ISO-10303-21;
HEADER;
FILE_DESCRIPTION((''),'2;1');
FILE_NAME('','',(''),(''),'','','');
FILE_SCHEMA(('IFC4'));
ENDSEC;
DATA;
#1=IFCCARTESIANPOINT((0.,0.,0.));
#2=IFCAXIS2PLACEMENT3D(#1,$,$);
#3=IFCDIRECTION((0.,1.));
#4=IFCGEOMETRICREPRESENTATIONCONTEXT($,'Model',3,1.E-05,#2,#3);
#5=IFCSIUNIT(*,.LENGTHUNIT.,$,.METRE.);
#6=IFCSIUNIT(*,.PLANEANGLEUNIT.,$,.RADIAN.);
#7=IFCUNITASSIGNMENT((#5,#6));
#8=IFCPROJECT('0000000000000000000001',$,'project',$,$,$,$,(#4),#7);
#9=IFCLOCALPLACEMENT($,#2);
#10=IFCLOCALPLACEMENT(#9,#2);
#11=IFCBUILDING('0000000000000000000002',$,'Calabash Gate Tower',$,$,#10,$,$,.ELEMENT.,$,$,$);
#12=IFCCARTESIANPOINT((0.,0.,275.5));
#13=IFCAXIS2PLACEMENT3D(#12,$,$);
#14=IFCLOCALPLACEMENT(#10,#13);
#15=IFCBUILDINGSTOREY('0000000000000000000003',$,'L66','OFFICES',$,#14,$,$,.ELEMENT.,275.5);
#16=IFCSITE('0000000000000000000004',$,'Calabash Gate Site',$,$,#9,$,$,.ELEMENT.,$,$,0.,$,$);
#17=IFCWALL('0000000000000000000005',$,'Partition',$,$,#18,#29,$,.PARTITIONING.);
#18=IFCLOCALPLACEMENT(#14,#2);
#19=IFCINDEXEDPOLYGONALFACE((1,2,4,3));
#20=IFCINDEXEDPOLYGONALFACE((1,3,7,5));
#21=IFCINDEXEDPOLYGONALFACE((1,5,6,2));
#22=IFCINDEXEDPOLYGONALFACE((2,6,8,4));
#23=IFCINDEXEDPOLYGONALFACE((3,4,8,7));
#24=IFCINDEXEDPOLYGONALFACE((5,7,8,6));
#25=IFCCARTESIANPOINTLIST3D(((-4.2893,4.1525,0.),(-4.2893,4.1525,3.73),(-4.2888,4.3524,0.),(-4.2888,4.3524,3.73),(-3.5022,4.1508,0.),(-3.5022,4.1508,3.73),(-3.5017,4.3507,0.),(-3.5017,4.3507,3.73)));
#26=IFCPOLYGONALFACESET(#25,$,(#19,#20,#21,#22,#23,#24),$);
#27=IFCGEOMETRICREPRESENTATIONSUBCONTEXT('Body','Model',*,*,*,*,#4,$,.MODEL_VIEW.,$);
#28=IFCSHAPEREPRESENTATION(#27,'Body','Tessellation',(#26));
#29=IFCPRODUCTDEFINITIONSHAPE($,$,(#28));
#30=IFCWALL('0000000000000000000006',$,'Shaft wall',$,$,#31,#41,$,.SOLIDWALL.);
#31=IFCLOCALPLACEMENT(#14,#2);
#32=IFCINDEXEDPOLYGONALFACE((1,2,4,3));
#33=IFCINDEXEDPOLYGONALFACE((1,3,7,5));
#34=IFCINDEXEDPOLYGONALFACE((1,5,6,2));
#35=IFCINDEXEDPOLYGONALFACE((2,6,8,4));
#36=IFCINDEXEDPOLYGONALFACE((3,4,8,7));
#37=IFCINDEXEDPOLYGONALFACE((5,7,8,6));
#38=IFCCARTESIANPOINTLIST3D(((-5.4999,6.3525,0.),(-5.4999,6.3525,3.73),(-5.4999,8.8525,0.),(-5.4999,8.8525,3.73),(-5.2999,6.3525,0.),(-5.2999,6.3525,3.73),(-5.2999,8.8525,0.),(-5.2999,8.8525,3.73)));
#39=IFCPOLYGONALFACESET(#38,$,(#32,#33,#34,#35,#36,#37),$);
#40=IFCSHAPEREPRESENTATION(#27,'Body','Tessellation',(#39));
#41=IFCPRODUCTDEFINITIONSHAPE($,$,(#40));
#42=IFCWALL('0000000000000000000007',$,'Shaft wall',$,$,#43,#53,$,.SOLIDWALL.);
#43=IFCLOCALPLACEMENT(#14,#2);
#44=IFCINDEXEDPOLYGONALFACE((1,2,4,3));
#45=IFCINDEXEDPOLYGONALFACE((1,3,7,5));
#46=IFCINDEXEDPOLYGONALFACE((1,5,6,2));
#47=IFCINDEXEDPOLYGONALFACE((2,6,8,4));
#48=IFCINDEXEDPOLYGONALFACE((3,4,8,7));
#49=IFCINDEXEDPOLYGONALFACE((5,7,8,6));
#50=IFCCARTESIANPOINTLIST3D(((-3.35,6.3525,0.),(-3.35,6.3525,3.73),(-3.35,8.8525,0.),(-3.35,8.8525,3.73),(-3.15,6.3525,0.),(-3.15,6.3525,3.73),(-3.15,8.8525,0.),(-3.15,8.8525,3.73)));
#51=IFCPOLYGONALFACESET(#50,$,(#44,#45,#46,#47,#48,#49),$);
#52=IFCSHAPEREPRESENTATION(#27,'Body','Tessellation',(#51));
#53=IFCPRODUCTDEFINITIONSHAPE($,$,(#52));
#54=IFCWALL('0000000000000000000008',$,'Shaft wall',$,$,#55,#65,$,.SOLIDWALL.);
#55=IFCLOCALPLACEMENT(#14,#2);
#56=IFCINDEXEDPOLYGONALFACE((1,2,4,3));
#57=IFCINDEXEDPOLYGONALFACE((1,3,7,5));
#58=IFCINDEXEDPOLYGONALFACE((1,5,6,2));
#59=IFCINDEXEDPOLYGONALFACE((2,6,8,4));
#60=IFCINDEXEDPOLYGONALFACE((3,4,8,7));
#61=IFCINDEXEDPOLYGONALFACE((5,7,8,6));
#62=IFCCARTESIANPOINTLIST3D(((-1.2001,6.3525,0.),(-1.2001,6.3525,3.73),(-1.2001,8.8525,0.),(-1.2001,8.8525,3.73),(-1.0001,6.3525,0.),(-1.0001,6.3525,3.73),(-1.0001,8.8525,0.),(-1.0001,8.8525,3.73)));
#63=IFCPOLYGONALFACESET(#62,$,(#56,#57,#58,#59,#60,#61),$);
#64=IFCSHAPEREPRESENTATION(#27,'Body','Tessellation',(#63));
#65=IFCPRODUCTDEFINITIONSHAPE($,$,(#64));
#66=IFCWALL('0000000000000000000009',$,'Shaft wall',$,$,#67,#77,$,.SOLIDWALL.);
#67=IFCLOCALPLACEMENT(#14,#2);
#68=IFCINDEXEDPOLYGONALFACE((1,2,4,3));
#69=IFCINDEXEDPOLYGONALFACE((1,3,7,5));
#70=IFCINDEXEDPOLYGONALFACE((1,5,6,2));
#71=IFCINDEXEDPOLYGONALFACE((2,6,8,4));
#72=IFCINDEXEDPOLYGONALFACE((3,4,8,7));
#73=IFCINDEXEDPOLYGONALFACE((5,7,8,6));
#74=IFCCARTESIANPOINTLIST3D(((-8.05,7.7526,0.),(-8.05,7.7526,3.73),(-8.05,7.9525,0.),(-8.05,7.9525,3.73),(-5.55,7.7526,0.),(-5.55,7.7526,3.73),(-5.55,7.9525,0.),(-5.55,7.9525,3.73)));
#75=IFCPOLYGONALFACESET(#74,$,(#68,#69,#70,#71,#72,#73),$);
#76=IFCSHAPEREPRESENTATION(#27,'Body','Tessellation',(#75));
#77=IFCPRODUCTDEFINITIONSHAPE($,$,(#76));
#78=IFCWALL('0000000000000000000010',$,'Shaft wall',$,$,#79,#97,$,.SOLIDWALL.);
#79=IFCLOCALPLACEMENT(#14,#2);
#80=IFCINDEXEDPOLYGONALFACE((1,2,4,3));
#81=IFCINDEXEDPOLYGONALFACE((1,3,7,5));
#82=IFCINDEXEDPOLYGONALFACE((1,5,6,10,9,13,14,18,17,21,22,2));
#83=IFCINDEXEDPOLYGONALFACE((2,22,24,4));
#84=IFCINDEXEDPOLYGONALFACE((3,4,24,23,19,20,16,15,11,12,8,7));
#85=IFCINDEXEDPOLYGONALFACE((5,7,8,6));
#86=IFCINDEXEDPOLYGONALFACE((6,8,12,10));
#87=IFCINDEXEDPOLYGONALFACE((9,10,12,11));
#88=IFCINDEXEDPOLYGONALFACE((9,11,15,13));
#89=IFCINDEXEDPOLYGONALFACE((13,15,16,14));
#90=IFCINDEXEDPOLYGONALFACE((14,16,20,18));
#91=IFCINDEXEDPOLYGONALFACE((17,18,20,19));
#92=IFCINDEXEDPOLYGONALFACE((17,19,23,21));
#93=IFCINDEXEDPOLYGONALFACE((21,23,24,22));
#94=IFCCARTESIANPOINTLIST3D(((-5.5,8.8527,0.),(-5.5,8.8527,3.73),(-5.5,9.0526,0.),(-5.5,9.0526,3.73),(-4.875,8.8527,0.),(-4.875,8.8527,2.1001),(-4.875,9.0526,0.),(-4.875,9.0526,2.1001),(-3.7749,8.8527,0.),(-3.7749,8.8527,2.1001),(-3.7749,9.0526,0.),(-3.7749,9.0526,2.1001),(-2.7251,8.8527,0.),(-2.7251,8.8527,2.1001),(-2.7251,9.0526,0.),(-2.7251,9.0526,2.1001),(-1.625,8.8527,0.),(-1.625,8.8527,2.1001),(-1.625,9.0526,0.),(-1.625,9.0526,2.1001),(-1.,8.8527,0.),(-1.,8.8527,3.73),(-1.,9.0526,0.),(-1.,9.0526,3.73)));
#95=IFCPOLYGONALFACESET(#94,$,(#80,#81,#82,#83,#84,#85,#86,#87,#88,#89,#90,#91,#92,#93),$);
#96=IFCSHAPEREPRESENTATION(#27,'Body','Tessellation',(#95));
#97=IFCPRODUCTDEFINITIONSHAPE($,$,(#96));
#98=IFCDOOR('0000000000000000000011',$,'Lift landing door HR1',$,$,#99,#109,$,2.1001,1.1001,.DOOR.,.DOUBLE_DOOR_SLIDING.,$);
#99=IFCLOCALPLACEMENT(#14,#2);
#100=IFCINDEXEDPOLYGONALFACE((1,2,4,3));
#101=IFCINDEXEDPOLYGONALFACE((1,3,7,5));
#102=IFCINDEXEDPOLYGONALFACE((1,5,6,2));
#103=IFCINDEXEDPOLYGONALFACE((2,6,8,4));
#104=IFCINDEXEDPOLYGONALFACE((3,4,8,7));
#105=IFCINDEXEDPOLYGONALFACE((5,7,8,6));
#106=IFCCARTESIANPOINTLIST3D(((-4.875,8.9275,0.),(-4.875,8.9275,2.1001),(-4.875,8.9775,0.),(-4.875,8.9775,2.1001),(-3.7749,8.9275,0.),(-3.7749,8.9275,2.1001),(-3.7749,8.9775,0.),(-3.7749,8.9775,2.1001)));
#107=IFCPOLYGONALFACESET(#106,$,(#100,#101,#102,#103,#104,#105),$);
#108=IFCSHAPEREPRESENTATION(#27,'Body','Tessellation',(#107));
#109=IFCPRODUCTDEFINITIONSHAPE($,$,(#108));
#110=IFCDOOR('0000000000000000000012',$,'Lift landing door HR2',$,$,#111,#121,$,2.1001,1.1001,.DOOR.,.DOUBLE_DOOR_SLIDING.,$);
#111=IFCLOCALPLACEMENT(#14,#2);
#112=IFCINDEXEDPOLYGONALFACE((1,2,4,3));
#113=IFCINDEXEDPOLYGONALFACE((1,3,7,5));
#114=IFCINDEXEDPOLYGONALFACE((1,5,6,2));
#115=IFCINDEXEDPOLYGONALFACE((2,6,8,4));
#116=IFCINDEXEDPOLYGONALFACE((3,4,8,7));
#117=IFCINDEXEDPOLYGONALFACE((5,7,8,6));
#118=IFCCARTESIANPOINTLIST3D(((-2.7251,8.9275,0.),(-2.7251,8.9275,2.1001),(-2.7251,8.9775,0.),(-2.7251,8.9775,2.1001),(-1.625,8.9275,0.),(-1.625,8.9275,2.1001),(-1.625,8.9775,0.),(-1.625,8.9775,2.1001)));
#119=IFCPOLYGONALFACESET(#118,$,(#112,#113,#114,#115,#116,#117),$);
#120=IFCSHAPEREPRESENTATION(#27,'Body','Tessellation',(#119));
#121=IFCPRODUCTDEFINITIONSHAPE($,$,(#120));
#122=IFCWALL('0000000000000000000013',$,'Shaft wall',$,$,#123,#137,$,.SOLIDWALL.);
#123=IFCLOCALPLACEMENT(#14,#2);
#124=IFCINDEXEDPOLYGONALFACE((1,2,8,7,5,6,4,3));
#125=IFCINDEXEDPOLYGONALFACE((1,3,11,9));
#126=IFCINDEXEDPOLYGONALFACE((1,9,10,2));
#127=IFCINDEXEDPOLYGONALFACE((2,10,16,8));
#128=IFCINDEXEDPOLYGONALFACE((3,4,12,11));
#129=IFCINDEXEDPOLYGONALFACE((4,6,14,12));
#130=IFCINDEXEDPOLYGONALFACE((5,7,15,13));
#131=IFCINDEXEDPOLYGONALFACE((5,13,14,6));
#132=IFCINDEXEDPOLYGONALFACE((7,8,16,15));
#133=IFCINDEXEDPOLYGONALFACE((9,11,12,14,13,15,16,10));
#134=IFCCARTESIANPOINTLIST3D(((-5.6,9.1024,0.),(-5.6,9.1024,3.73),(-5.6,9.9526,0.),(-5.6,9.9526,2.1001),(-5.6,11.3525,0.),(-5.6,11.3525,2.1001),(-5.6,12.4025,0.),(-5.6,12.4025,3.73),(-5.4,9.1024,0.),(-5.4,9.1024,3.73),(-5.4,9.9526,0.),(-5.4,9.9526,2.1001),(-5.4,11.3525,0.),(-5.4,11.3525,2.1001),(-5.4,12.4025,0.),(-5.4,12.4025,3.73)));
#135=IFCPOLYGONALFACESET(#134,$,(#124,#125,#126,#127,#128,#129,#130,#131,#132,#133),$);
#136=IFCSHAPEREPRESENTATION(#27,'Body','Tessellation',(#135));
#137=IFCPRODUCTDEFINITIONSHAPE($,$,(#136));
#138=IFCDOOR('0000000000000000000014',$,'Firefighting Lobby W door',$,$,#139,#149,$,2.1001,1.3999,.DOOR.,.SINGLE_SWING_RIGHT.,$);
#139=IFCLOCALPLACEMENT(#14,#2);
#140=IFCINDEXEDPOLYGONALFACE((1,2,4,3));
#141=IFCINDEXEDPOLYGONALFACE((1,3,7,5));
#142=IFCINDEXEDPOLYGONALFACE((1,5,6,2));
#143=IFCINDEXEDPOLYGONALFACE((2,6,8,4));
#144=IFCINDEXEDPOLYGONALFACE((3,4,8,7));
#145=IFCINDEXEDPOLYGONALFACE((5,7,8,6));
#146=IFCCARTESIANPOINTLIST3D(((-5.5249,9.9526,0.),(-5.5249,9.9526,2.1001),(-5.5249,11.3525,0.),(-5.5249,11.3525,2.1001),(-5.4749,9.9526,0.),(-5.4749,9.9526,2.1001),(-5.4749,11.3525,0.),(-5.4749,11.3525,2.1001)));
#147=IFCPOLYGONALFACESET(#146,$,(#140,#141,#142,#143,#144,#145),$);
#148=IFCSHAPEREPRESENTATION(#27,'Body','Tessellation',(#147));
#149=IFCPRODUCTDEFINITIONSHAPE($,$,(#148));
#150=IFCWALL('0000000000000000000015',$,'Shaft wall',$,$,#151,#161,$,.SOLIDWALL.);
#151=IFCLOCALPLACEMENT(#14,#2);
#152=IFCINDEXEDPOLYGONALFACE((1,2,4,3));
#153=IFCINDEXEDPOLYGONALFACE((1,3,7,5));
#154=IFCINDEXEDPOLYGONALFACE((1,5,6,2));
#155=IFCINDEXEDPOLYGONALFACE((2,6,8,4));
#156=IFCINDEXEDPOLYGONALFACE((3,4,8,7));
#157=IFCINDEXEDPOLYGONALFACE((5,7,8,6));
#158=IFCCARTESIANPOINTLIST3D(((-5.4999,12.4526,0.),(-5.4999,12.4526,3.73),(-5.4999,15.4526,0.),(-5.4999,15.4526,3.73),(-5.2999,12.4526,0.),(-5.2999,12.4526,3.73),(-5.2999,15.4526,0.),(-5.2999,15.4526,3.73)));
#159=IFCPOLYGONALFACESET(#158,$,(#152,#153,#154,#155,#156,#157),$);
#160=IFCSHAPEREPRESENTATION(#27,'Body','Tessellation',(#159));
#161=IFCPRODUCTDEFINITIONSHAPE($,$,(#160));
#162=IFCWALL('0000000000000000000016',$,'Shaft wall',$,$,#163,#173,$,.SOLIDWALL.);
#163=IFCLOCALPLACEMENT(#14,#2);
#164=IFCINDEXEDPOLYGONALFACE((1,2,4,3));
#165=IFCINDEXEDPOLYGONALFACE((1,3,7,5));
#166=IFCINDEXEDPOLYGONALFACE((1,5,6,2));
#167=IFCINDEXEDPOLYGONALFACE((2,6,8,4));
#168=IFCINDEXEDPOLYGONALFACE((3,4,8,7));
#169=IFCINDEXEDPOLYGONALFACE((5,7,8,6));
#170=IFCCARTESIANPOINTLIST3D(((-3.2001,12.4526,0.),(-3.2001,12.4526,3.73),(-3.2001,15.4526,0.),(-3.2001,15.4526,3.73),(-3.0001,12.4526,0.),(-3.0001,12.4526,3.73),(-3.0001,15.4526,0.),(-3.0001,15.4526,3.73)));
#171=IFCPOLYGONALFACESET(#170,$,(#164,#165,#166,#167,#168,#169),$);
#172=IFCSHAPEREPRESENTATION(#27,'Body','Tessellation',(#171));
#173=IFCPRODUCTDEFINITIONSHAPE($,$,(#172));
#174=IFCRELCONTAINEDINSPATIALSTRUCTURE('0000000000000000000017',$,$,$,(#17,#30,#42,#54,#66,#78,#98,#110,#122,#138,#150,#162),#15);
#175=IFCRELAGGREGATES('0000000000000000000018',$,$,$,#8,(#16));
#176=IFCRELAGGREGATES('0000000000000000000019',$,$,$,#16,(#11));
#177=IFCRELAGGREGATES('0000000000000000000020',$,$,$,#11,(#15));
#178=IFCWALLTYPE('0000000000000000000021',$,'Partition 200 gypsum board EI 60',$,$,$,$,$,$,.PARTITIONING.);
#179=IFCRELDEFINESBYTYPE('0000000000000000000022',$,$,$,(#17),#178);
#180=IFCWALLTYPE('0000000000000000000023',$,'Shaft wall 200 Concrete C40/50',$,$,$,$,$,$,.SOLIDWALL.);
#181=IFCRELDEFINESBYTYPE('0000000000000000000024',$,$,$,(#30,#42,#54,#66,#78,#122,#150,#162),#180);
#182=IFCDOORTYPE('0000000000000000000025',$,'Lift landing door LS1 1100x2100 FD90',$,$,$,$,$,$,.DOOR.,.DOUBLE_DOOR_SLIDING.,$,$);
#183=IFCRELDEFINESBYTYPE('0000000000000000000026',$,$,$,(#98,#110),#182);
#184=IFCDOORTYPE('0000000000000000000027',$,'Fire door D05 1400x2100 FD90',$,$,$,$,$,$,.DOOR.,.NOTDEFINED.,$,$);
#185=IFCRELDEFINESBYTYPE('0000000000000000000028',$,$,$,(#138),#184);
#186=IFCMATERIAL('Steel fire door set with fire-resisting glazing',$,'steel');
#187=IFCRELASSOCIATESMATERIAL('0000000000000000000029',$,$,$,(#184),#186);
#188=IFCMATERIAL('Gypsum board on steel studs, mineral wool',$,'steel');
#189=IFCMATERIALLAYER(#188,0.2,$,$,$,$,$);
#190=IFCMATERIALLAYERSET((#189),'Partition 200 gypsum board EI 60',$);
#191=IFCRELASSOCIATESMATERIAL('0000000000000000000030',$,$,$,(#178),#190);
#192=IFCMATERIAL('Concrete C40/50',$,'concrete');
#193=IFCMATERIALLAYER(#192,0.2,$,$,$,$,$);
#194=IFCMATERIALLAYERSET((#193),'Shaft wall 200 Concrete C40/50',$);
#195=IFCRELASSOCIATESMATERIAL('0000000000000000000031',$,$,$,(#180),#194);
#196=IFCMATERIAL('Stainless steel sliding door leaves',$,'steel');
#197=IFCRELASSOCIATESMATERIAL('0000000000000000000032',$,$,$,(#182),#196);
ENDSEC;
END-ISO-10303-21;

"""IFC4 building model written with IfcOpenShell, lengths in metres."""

from ifc_helpers import new_model, si_unit, direction, frame, frame_2d, origin, place, context, subcontext, project, spatial, rectangle, extrude, material, layer, layer_set, type_object, element, fill, save


model = new_model("IFC4")

# Units and contexts
model_context = context("Model", 3, precision=1e-05, world=origin(), true_north=direction((0.0, 1.0)))
body_context = subcontext(model_context, "Body", "Model", "MODEL_VIEW")
ifc_project = project(units=[si_unit("LENGTHUNIT", "METRE"), si_unit("PLANEANGLEUNIT", "RADIAN")], contexts=[model_context])

# Site, building, storey
site_placement = place(None, origin())
site = spatial("IfcSite", under=ifc_project, at=site_placement, Name="Calabash Gate Site", CompositionType="ELEMENT", RefElevation=0.0)
building_placement = place(site_placement, origin())
building = spatial("IfcBuilding", under=site, at=building_placement, Name="Calabash Gate Tower", CompositionType="ELEMENT")
storey_placement = place(building_placement, frame((0.0, 0.0, 275.5)))
storey = spatial("IfcBuildingStorey", under=building, at=storey_placement, Name="L66", Description="OFFICES", CompositionType="ELEMENT", Elevation=275.5)

# Shared definitions
ifc_material_1 = material(Name="Steel fire door set with fire-resisting glazing", Category="steel")
door_type_1 = type_object("IfcDoorType", Name="Fire door D05 1400x2100 FD90", OperationType="NOTDEFINED", PredefinedType="DOOR", material=ifc_material_1)

# Walls
ifc_material_2 = material(Name="Gypsum board on steel studs, mineral wool", Category="steel")
ifc_layer_1 = layer(ifc_material_2, 0.2)
ifc_layer_set_1 = layer_set([ifc_layer_1], Name="Partition 200 gypsum board EI 60")
wall_type_1 = type_object("IfcWallType", Name="Partition 200 gypsum board EI 60", PredefinedType="PARTITIONING", material=ifc_layer_set_1)
wall_1_placement = place(storey_placement, frame((-4.2891, 4.2524, 0.0), z_axis=(0.0, 0.0, 1.0), x_axis=(0.999998, -0.002171, 0.0)))
element("IfcWall", 1, at=wall_1_placement, inside=storey, type_object=wall_type_1, Name="Partition", PredefinedType="PARTITIONING", context=body_context, shape_type="SweptSolid", body=[
    extrude(rectangle(XDim=0.7871, YDim=0.2, at=frame_2d((0.3936, 0.0))), origin(), (0.0, 0.0, 1.0), 3.73),
])
ifc_material_3 = material(Name="Concrete C40/50", Category="concrete")
ifc_layer_2 = layer(ifc_material_3, 0.2)
ifc_layer_set_2 = layer_set([ifc_layer_2], Name="Shaft wall 200 Concrete C40/50")
wall_type_2 = type_object("IfcWallType", Name="Shaft wall 200 Concrete C40/50", PredefinedType="SOLIDWALL", material=ifc_layer_set_2)
for number, where, z_axis, x_axis, name in (
    (2, (-5.3999, 6.3525, 0.0), (0.0, 0.0, 1.0), (0.0, 1.0, 0.0), "Shaft wall"),
    (3, (-3.25, 6.3525, 0.0), (0.0, 0.0, 1.0), (0.0, 1.0, 0.0), "Shaft wall"),
    (4, (-1.1001, 6.3525, 0.0), (0.0, 0.0, 1.0), (0.0, 1.0, 0.0), "Shaft wall"),
    (5, (-8.05, 7.8525, 0.0), (0.0, 0.0, 1.0), (1.0, 0.0, 0.0), "Shaft wall"),
):
    element("IfcWall", number, at=place(storey_placement, frame(where, z_axis=z_axis, x_axis=x_axis)), inside=storey, type_object=wall_type_2, Name=name, PredefinedType="SOLIDWALL", context=body_context, shape_type="SweptSolid", body=[
        extrude(rectangle(XDim=2.5, YDim=0.2, at=frame_2d((1.25, 0.0))), origin(), (0.0, 0.0, 1.0), 3.73),
    ])

# Wall, openings, doors
wall_2_placement = place(storey_placement, frame((-5.5, 8.9526, 0.0), z_axis=(0.0, 0.0, 1.0), x_axis=(1.0, 0.0, 0.0)))
wall_2 = element("IfcWall", 6, at=wall_2_placement, inside=storey, type_object=wall_type_2, Name="Shaft wall", PredefinedType="SOLIDWALL", context=body_context, shape_type="SweptSolid", body=[
    extrude(rectangle(XDim=4.5, YDim=0.2, at=frame_2d((2.25, 0.0))), origin(), (0.0, 0.0, 1.0), 3.73),
])
opening_1_placement = place(wall_2_placement, frame((0.625, 0.0, 0.0)))
opening_1 = element("IfcOpeningElement", 7, at=opening_1_placement, cuts=wall_2, PredefinedType="OPENING", context=body_context, shape_type="SweptSolid", body=[
    extrude(rectangle(XDim=1.1001, YDim=2.1001, at=frame_2d((0.55, 1.05))), frame((0.0, 0.1099, 0.0), z_axis=(0.0, -1.0, 0.0), x_axis=(1.0, 0.0, 0.0)), (0.0, 0.0, 1.0), 0.22),
])
opening_2_placement = place(wall_2_placement, frame((2.7749, 0.0, 0.0)))
opening_2 = element("IfcOpeningElement", 8, at=opening_2_placement, cuts=wall_2, PredefinedType="OPENING", context=body_context, shape_type="SweptSolid", body=[
    extrude(rectangle(XDim=1.1001, YDim=2.1001, at=frame_2d((0.55, 1.05))), frame((0.0, 0.1099, 0.0), z_axis=(0.0, -1.0, 0.0), x_axis=(1.0, 0.0, 0.0)), (0.0, 0.0, 1.0), 0.22),
])
ifc_material_4 = material(Name="Stainless steel sliding door leaves", Category="steel")
door_type_2 = type_object("IfcDoorType", Name="Lift landing door LS1 1100x2100 FD90", OperationType="DOUBLE_DOOR_SLIDING", PredefinedType="DOOR", material=ifc_material_4)
door_1_placement = place(opening_1_placement, origin())
door_1 = element("IfcDoor", 9, at=door_1_placement, inside=storey, type_object=door_type_2, Name="Lift landing door HR1", OperationType="DOUBLE_DOOR_SLIDING", OverallHeight=2.1001, OverallWidth=1.1001, PredefinedType="DOOR", context=body_context, shape_type="SweptSolid", body=[
    extrude(rectangle(XDim=1.1001, YDim=2.1001, at=frame_2d((0.55, 1.05))), frame((0.0, 0.0249, 0.0), z_axis=(0.0, -1.0, 0.0), x_axis=(1.0, 0.0, 0.0)), (0.0, 0.0, 1.0), 0.05),
])
fill(opening_1, door_1)
door_2_placement = place(opening_2_placement, origin())
door_2 = element("IfcDoor", 10, at=door_2_placement, inside=storey, type_object=door_type_2, Name="Lift landing door HR2", OperationType="DOUBLE_DOOR_SLIDING", OverallHeight=2.1001, OverallWidth=1.1001, PredefinedType="DOOR", context=body_context, shape_type="SweptSolid", body=[
    extrude(rectangle(XDim=1.1001, YDim=2.1001, at=frame_2d((0.55, 1.05))), frame((0.0, 0.0249, 0.0), z_axis=(0.0, -1.0, 0.0), x_axis=(1.0, 0.0, 0.0)), (0.0, 0.0, 1.0), 0.05),
])
fill(opening_2, door_2)

# Wall, opening, door
wall_3_placement = place(storey_placement, frame((-5.5, 9.1025, 0.0), z_axis=(0.0, 0.0, 1.0), x_axis=(0.0, 1.0, 0.0)))
wall_3 = element("IfcWall", 11, at=wall_3_placement, inside=storey, type_object=wall_type_2, Name="Shaft wall", PredefinedType="SOLIDWALL", context=body_context, shape_type="SweptSolid", body=[
    extrude(rectangle(XDim=3.3, YDim=0.2, at=frame_2d((1.6499, 0.0))), origin(), (0.0, 0.0, 1.0), 3.73),
])
opening_3_placement = place(wall_3_placement, frame((0.8501, 0.0, 0.0)))
opening_3 = element("IfcOpeningElement", 12, at=opening_3_placement, cuts=wall_3, PredefinedType="OPENING", context=body_context, shape_type="SweptSolid", body=[
    extrude(rectangle(XDim=1.3999, YDim=2.1001, at=frame_2d((0.7, 1.05))), frame((0.0, 0.1099, 0.0), z_axis=(0.0, -1.0, 0.0), x_axis=(1.0, 0.0, 0.0)), (0.0, 0.0, 1.0), 0.22),
])
door_3_placement = place(opening_3_placement, origin())
door_3 = element("IfcDoor", 13, at=door_3_placement, inside=storey, type_object=door_type_1, Name="Firefighting Lobby W door", OperationType="SINGLE_SWING_RIGHT", OverallHeight=2.1001, OverallWidth=1.3999, PredefinedType="DOOR", context=body_context, shape_type="SweptSolid", body=[
    extrude(rectangle(XDim=1.3999, YDim=2.1001, at=frame_2d((0.7, 1.05))), frame((0.0, 0.0249, 0.0), z_axis=(0.0, -1.0, 0.0), x_axis=(1.0, 0.0, 0.0)), (0.0, 0.0, 1.0), 0.05),
])
fill(opening_3, door_3)

# Walls
for number, where, z_axis, x_axis, name in (
    (14, (-5.3999, 12.4526, 0.0), (0.0, 0.0, 1.0), (0.0, 1.0, 0.0), "Shaft wall"),
    (15, (-3.1001, 12.4526, 0.0), (0.0, 0.0, 1.0), (0.0, 1.0, 0.0), "Shaft wall"),
):
    element("IfcWall", number, at=place(storey_placement, frame(where, z_axis=z_axis, x_axis=x_axis)), inside=storey, type_object=wall_type_2, Name=name, PredefinedType="SOLIDWALL", context=body_context, shape_type="SweptSolid", body=[
        extrude(rectangle(XDim=3.0, YDim=0.2, at=frame_2d((1.5, 0.0))), origin(), (0.0, 0.0, 1.0), 3.73),
    ])

save(model, "model.ifc")
